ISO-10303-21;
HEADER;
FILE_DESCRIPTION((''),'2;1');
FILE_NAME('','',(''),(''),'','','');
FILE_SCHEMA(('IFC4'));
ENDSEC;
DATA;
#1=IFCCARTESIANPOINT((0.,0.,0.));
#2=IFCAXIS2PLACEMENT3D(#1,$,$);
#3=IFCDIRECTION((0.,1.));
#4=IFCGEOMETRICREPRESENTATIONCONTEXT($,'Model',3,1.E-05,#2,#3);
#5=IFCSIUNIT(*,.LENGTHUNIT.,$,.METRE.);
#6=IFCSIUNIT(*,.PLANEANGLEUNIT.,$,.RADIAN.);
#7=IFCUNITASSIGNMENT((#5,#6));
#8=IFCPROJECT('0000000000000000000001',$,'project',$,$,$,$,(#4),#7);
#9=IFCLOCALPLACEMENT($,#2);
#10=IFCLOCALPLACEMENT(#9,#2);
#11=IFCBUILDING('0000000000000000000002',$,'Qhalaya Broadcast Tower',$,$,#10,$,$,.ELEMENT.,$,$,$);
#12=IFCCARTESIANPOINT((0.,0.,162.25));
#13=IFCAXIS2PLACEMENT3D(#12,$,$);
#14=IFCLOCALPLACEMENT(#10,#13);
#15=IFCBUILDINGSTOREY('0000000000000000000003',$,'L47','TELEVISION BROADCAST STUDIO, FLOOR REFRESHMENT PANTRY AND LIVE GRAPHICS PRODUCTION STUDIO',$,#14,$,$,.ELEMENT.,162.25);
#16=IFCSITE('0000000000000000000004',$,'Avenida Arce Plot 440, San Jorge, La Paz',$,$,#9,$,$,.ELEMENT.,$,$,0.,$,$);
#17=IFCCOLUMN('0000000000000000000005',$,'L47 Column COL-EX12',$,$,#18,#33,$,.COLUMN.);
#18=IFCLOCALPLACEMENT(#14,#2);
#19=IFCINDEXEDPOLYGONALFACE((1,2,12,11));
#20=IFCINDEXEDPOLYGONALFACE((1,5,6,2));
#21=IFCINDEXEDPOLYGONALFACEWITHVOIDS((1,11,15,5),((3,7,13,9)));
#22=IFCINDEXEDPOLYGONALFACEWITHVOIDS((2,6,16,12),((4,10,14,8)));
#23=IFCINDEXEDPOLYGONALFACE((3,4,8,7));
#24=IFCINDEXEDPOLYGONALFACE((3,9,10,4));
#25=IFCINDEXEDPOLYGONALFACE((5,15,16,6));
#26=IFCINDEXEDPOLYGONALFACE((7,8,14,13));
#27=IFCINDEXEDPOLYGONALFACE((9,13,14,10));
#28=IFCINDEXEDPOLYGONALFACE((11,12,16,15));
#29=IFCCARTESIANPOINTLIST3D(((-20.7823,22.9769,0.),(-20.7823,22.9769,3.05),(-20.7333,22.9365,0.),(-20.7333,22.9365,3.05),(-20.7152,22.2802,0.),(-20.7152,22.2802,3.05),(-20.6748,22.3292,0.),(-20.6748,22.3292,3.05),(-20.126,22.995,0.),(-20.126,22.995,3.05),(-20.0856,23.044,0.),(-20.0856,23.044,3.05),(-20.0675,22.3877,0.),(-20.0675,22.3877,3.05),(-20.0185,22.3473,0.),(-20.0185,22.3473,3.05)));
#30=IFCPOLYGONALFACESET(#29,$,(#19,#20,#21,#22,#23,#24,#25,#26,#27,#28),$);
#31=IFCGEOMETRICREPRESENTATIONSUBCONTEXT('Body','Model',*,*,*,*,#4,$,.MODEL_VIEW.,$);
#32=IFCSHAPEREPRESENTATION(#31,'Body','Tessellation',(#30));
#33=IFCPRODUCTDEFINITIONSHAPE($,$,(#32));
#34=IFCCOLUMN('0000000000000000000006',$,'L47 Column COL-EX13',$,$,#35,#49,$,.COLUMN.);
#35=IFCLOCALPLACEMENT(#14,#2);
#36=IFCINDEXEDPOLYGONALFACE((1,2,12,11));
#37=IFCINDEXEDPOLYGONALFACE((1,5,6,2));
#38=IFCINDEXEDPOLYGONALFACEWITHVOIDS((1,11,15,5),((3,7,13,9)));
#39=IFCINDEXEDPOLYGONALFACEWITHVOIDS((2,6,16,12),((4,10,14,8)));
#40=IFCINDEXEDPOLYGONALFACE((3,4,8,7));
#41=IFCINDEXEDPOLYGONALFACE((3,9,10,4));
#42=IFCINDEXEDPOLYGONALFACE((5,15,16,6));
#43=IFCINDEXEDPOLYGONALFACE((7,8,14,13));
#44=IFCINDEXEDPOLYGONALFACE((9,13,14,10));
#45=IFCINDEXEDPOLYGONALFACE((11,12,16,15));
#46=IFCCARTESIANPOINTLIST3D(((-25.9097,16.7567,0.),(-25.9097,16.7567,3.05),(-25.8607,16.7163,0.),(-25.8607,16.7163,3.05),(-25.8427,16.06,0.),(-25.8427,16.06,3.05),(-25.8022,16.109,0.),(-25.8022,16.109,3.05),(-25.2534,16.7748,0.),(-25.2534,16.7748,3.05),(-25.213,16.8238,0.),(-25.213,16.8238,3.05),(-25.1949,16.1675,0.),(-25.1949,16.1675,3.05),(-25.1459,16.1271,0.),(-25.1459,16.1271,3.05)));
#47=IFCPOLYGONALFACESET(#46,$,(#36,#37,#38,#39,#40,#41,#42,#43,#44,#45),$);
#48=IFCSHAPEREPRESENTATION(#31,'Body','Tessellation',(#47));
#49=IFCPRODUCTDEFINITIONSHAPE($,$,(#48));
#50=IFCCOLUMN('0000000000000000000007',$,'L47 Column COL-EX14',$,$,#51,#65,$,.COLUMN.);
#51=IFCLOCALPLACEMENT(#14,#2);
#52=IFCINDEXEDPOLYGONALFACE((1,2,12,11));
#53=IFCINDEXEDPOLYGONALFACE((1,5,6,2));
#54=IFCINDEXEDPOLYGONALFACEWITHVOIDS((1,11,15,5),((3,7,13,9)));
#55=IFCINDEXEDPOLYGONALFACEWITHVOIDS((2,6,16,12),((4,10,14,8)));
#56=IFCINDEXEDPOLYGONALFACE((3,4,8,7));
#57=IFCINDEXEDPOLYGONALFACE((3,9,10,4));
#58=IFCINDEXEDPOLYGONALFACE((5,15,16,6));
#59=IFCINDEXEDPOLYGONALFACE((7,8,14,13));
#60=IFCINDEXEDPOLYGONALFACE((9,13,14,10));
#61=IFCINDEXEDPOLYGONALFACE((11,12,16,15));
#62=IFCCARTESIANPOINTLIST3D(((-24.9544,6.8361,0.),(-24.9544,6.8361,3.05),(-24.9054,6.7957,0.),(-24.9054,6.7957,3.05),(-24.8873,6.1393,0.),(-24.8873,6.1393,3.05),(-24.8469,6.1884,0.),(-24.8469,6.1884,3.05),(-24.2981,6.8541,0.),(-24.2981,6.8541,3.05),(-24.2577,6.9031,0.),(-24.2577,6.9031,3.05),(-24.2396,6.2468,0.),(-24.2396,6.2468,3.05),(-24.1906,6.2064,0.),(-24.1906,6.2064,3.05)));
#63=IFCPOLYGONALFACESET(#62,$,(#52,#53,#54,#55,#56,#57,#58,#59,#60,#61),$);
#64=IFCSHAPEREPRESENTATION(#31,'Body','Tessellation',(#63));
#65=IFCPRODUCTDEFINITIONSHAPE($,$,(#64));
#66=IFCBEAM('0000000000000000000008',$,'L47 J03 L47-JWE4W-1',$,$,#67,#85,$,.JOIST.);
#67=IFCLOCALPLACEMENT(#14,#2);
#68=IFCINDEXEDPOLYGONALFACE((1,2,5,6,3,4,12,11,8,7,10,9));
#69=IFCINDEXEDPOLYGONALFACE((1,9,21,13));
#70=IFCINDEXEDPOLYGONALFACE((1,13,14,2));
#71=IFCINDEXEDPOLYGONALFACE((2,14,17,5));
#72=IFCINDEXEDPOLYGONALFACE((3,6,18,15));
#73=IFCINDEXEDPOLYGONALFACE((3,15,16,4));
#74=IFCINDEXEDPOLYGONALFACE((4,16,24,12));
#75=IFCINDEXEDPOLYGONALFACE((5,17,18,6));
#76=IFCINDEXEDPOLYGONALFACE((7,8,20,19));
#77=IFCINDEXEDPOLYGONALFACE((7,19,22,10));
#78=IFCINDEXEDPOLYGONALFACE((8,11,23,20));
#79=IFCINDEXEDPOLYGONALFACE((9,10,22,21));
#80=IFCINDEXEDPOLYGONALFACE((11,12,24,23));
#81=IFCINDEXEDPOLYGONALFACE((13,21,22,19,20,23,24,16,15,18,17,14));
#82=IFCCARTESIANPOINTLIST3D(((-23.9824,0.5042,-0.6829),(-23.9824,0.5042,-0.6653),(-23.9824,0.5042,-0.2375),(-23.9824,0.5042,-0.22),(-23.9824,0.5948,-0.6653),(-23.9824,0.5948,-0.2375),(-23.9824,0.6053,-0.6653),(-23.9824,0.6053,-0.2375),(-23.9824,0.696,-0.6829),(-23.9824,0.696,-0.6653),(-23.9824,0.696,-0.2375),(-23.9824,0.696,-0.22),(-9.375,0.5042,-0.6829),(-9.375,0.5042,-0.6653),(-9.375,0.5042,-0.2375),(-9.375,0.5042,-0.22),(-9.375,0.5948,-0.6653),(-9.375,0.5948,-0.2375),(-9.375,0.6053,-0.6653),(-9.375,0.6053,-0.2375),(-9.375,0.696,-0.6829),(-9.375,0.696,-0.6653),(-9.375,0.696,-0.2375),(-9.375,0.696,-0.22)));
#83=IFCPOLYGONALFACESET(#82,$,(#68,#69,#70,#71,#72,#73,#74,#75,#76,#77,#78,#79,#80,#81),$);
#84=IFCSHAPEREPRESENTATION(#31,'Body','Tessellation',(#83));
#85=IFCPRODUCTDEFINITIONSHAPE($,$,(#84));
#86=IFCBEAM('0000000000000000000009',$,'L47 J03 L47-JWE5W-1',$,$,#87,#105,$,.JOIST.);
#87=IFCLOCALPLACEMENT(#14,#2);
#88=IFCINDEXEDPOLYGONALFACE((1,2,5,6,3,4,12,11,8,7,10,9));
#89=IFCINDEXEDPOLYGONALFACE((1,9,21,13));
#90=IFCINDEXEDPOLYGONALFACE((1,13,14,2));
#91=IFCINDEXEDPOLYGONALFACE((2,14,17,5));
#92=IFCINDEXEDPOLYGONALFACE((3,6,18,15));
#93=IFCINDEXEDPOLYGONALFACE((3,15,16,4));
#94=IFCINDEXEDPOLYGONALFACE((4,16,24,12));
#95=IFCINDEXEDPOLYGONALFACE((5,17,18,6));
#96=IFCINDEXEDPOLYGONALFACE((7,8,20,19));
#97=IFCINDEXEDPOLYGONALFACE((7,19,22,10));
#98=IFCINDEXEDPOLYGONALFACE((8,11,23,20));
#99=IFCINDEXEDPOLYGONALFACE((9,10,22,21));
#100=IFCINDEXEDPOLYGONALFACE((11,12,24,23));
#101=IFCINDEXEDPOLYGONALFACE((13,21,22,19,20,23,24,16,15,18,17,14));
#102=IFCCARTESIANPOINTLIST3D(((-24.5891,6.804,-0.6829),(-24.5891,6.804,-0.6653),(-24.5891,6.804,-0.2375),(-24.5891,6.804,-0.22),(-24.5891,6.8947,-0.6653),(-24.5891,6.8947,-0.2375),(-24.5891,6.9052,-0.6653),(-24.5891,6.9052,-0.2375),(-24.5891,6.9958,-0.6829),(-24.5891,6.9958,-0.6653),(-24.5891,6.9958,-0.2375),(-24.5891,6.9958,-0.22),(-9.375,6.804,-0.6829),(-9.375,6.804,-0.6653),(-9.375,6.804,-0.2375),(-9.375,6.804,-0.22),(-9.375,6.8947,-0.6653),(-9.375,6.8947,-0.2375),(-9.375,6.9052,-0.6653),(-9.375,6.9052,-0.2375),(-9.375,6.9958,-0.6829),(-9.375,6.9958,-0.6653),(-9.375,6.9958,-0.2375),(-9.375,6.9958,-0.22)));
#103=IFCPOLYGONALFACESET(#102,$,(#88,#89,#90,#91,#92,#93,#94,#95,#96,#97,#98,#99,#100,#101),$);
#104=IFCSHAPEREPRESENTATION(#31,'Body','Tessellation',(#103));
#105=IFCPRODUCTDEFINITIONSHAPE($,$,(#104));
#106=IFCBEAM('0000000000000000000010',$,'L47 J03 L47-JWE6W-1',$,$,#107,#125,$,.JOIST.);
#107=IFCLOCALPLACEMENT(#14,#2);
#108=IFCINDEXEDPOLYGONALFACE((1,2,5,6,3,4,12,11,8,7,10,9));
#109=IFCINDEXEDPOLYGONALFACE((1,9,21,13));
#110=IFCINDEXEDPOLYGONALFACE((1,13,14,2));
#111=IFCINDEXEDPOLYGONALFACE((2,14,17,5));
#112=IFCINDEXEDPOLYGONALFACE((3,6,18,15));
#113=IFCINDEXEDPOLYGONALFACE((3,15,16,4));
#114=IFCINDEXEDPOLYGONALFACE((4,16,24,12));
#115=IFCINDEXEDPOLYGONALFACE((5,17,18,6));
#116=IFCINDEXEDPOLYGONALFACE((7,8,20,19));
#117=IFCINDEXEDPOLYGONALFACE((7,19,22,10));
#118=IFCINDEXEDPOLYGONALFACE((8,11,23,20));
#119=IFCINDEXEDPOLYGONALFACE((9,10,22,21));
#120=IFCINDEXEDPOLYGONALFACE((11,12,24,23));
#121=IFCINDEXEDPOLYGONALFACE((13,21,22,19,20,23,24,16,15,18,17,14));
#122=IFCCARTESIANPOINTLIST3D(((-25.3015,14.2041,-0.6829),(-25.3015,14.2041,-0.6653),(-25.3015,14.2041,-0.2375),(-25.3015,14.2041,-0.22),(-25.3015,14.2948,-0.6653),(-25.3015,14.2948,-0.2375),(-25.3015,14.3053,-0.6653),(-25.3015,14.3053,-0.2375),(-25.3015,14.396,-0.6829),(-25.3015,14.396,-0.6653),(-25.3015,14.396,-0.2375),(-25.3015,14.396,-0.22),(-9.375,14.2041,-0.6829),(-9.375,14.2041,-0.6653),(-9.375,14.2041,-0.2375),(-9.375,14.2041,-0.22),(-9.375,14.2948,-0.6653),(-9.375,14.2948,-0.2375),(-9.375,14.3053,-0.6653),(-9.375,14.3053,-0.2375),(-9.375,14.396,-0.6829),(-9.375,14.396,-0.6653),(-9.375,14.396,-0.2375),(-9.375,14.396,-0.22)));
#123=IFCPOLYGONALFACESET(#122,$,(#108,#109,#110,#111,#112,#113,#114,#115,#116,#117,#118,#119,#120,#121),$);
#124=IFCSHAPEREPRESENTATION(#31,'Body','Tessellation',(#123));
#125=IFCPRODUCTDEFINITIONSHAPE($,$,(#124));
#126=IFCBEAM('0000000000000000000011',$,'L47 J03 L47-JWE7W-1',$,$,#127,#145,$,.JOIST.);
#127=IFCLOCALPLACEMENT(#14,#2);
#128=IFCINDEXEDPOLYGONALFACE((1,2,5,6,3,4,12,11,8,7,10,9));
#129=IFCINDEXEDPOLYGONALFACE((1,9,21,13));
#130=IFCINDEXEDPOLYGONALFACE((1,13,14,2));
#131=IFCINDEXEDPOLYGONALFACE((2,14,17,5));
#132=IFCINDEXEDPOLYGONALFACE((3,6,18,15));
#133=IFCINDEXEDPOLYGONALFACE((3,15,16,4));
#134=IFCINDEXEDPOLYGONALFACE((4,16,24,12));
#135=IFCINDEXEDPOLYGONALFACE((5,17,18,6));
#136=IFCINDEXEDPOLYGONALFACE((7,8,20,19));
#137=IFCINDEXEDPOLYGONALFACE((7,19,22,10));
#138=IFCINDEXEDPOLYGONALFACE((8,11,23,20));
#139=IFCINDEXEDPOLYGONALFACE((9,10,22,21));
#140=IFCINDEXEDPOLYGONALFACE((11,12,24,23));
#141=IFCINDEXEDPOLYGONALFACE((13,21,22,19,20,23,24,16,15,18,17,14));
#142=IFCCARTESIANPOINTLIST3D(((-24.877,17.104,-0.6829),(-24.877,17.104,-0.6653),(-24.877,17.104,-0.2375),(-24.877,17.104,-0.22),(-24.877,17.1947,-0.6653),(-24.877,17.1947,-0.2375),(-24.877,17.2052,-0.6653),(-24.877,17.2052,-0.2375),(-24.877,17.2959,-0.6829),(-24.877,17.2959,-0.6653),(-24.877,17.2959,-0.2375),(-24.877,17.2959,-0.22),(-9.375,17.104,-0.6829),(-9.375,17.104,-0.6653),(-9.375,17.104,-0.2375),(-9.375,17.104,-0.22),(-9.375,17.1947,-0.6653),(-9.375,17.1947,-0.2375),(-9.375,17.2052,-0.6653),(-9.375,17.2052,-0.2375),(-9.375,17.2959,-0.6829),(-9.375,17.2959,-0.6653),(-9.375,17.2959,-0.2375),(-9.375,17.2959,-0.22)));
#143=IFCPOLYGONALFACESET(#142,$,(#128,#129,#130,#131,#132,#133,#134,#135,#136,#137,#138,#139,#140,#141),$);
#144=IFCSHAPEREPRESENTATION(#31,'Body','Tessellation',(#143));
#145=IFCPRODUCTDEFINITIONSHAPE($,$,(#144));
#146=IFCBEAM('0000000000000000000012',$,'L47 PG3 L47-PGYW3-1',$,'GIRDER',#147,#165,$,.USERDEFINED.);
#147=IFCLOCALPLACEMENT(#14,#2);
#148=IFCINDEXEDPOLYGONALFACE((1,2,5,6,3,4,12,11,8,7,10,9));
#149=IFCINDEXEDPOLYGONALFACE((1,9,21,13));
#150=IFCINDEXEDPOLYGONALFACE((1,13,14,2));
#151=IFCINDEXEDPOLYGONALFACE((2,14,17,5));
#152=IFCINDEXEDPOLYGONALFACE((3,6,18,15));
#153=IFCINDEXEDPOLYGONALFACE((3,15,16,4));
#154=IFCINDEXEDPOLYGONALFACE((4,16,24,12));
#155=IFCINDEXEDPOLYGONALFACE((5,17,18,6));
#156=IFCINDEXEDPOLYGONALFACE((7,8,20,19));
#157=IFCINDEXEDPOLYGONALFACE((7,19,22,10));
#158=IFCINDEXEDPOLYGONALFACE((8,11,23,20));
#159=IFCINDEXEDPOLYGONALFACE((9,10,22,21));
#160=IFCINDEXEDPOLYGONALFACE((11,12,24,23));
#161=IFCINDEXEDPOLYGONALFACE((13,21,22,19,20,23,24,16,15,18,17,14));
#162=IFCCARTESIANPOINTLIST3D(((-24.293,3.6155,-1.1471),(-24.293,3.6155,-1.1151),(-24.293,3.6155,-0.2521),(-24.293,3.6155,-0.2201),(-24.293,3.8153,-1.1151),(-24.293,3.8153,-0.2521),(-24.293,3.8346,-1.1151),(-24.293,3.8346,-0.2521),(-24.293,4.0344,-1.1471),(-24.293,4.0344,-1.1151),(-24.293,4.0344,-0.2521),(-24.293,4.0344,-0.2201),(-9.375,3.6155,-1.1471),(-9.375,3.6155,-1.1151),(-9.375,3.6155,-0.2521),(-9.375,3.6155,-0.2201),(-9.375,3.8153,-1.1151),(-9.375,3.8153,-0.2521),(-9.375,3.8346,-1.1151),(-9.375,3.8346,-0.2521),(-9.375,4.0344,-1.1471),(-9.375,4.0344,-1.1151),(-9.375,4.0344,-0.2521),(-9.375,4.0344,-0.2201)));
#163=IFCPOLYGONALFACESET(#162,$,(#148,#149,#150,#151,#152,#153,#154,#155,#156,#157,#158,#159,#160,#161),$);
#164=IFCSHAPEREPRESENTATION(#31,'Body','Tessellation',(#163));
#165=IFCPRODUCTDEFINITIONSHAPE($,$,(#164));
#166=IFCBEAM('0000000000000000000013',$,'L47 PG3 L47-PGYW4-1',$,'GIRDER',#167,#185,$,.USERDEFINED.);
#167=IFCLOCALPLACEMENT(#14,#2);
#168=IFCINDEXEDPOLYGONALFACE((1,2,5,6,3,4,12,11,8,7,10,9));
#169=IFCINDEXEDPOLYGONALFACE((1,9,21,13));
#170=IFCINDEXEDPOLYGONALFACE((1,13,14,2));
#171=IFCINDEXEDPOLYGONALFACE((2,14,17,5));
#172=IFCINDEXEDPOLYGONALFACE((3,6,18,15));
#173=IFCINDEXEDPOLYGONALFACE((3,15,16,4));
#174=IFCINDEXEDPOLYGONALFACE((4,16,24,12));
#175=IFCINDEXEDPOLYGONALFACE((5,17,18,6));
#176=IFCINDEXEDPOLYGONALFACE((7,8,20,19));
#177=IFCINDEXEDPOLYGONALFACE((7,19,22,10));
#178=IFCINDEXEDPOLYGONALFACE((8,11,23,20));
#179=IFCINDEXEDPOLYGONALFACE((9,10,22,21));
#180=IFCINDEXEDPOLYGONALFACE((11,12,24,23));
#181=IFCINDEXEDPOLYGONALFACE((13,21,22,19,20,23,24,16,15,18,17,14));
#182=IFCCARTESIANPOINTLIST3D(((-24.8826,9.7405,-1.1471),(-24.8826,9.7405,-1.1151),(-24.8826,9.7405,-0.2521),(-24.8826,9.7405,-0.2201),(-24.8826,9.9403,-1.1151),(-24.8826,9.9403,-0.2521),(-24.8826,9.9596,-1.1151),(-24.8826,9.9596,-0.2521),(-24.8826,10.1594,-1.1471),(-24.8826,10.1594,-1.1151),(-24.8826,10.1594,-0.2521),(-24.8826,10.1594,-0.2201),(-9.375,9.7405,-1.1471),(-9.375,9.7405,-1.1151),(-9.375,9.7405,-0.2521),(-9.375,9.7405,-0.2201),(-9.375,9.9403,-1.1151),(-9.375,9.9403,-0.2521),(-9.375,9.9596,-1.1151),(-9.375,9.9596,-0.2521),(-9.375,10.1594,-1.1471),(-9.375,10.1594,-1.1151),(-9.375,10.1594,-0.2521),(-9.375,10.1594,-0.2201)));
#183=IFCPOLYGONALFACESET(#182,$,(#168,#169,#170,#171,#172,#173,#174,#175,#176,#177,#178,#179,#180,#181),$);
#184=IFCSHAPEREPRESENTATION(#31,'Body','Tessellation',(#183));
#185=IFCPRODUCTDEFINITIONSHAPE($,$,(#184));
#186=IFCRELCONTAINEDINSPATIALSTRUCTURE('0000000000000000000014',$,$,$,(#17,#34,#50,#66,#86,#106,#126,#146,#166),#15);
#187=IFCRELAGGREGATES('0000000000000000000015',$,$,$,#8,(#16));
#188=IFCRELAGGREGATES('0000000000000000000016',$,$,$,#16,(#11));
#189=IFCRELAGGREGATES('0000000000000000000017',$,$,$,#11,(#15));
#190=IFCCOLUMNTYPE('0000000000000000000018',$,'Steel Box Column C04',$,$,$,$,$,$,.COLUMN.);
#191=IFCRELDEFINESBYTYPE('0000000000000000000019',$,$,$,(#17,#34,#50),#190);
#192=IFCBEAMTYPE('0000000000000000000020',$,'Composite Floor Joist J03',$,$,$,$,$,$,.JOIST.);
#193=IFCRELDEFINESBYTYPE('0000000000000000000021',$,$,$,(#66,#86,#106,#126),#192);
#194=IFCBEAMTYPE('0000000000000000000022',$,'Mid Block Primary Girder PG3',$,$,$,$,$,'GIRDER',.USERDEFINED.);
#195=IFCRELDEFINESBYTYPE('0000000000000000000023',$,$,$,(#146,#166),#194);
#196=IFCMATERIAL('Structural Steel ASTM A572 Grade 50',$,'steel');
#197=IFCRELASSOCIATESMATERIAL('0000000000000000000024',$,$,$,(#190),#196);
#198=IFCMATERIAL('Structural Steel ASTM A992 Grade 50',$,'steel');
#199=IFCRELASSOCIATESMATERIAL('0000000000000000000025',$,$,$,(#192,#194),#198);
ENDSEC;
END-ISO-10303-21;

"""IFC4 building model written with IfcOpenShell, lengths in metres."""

from ifc_helpers import new_model, si_unit, direction, frame, origin, origin_2d, place, context, subcontext, project, spatial, hollow_rectangle, i_section, extrude, material, material_profile, profile_set, type_object, element, save


model = new_model("IFC4")

# Units and contexts
model_context = context("Model", 3, precision=1e-05, world=origin(), true_north=direction((0.0, 1.0)))
body_context = subcontext(model_context, "Body", "Model", "MODEL_VIEW")
ifc_project = project(units=[si_unit("LENGTHUNIT", "METRE"), si_unit("PLANEANGLEUNIT", "RADIAN")], contexts=[model_context])

# Site, building, storey
site_placement = place(None, origin())
site = spatial("IfcSite", under=ifc_project, at=site_placement, Name="Avenida Arce Plot 440, San Jorge, La Paz", CompositionType="ELEMENT", RefElevation=0.0)
building_placement = place(site_placement, origin())
building = spatial("IfcBuilding", under=site, at=building_placement, Name="Qhalaya Broadcast Tower", CompositionType="ELEMENT")
storey_placement = place(building_placement, frame((0.0, 0.0, 162.25)))
storey = spatial("IfcBuildingStorey", under=building, at=storey_placement, Name="L47", Description="TELEVISION BROADCAST STUDIO, FLOOR REFRESHMENT PANTRY AND LIVE GRAPHICS PRODUCTION STUDIO", CompositionType="ELEMENT", Elevation=162.25)

# Columns
ifc_material_1 = material(Name="Structural Steel ASTM A572 Grade 50", Category="steel")
ifc_material_profile_1 = material_profile(ifc_material_1, hollow_rectangle(XDim=0.7, YDim=0.7, WallThickness=0.0449, at=origin_2d()), Name="BOX 700x700x45")
ifc_profile_set_1 = profile_set([ifc_material_profile_1], Name="Structural Steel ASTM A572 Grade 50")
column_type = type_object("IfcColumnType", Name="Steel Box Column C04", PredefinedType="COLUMN", material=ifc_profile_set_1)
for number, where, z_axis, x_axis, name in (
    (1, (-20.4004, 22.6621, 0.0), (0.0, 0.0, 1.0), (0.995396, 0.095846, 0.0), "L47 Column COL-EX12"),
    (2, (-25.5278, 16.4419, 0.0), (0.0, 0.0, 1.0), (-0.095846, 0.995396, 0.0), "L47 Column COL-EX13"),
    (3, (-24.5725, 6.5212, 0.0), (0.0, 0.0, 1.0), (-0.095846, 0.995396, 0.0), "L47 Column COL-EX14"),
):
    element("IfcColumn", number, at=place(storey_placement, frame(where, z_axis=z_axis, x_axis=x_axis)), inside=storey, type_object=column_type, Name=name, PredefinedType="COLUMN", context=body_context, shape_type="SweptSolid", body=[
        extrude(hollow_rectangle(XDim=0.7, YDim=0.7, WallThickness=0.0449, at=origin_2d()), origin(), (0.0, 0.0, 1.0), 3.05),
    ])

# Beams
ifc_material_2 = material(Name="Structural Steel ASTM A992 Grade 50", Category="steel")
ifc_material_profile_2 = material_profile(ifc_material_2, i_section(OverallWidth=0.1919, OverallDepth=0.4629, WebThickness=0.0105, FlangeThickness=0.0176, at=origin_2d()), Name="W18X60")
ifc_profile_set_2 = profile_set([ifc_material_profile_2], Name="Structural Steel ASTM A992 Grade 50")
beam_type_1 = type_object("IfcBeamType", Name="Composite Floor Joist J03", PredefinedType="JOIST", material=ifc_profile_set_2)
beam_1_placement = place(storey_placement, frame((-23.9824, 0.6001, -0.4514), z_axis=(1.0, 0.0, 0.0), x_axis=(0.0, 1.0, 0.0)))
element("IfcBeam", 4, at=beam_1_placement, inside=storey, type_object=beam_type_1, Name="L47 J03 L47-JWE4W-1", PredefinedType="JOIST", context=body_context, shape_type="SweptSolid", body=[
    extrude(i_section(OverallWidth=0.1919, OverallDepth=0.4629, WebThickness=0.0105, FlangeThickness=0.0176, at=origin_2d()), origin(), (0.0, 0.0, 1.0), 14.6074),
])
beam_2_placement = place(storey_placement, frame((-24.5891, 6.8999, -0.4514), z_axis=(1.0, 0.0, 0.0), x_axis=(0.0, 1.0, 0.0)))
element("IfcBeam", 5, at=beam_2_placement, inside=storey, type_object=beam_type_1, Name="L47 J03 L47-JWE5W-1", PredefinedType="JOIST", context=body_context, shape_type="SweptSolid", body=[
    extrude(i_section(OverallWidth=0.1919, OverallDepth=0.4629, WebThickness=0.0105, FlangeThickness=0.0176, at=origin_2d()), origin(), (0.0, 0.0, 1.0), 15.2141),
])
beam_3_placement = place(storey_placement, frame((-25.3015, 14.3, -0.4514), z_axis=(1.0, 0.0, 0.0), x_axis=(0.0, 1.0, 0.0)))
element("IfcBeam", 6, at=beam_3_placement, inside=storey, type_object=beam_type_1, Name="L47 J03 L47-JWE6W-1", PredefinedType="JOIST", context=body_context, shape_type="SweptSolid", body=[
    extrude(i_section(OverallWidth=0.1919, OverallDepth=0.4629, WebThickness=0.0105, FlangeThickness=0.0176, at=origin_2d()), origin(), (0.0, 0.0, 1.0), 15.9265),
])
beam_4_placement = place(storey_placement, frame((-24.877, 17.2, -0.4514), z_axis=(1.0, 0.0, 0.0), x_axis=(0.0, 1.0, 0.0)))
element("IfcBeam", 7, at=beam_4_placement, inside=storey, type_object=beam_type_1, Name="L47 J03 L47-JWE7W-1", PredefinedType="JOIST", context=body_context, shape_type="SweptSolid", body=[
    extrude(i_section(OverallWidth=0.1919, OverallDepth=0.4629, WebThickness=0.0105, FlangeThickness=0.0176, at=origin_2d()), origin(), (0.0, 0.0, 1.0), 15.502),
])
ifc_material_profile_3 = material_profile(ifc_material_2, i_section(OverallWidth=0.4189, OverallDepth=0.927, WebThickness=0.0193, FlangeThickness=0.032, at=origin_2d()), Name="W36X231")
ifc_profile_set_3 = profile_set([ifc_material_profile_3], Name="Structural Steel ASTM A992 Grade 50")
beam_type_2 = type_object("IfcBeamType", Name="Mid Block Primary Girder PG3", ElementType="GIRDER", PredefinedType="USERDEFINED", material=ifc_profile_set_3)
beam_5_placement = place(storey_placement, frame((-24.293, 3.825, -0.6836), z_axis=(1.0, 0.0, 0.0), x_axis=(0.0, 1.0, 0.0)))
element("IfcBeam", 8, at=beam_5_placement, inside=storey, type_object=beam_type_2, Name="L47 PG3 L47-PGYW3-1", ObjectType="GIRDER", PredefinedType="USERDEFINED", context=body_context, shape_type="SweptSolid", body=[
    extrude(i_section(OverallWidth=0.4189, OverallDepth=0.927, WebThickness=0.0193, FlangeThickness=0.032, at=origin_2d()), origin(), (0.0, 0.0, 1.0), 14.918),
])
beam_6_placement = place(storey_placement, frame((-24.8826, 9.95, -0.6836), z_axis=(1.0, 0.0, 0.0), x_axis=(0.0, 1.0, 0.0)))
element("IfcBeam", 9, at=beam_6_placement, inside=storey, type_object=beam_type_2, Name="L47 PG3 L47-PGYW4-1", ObjectType="GIRDER", PredefinedType="USERDEFINED", context=body_context, shape_type="SweptSolid", body=[
    extrude(i_section(OverallWidth=0.4189, OverallDepth=0.927, WebThickness=0.0193, FlangeThickness=0.032, at=origin_2d()), origin(), (0.0, 0.0, 1.0), 15.5076),
])

save(model, "model.ifc")
